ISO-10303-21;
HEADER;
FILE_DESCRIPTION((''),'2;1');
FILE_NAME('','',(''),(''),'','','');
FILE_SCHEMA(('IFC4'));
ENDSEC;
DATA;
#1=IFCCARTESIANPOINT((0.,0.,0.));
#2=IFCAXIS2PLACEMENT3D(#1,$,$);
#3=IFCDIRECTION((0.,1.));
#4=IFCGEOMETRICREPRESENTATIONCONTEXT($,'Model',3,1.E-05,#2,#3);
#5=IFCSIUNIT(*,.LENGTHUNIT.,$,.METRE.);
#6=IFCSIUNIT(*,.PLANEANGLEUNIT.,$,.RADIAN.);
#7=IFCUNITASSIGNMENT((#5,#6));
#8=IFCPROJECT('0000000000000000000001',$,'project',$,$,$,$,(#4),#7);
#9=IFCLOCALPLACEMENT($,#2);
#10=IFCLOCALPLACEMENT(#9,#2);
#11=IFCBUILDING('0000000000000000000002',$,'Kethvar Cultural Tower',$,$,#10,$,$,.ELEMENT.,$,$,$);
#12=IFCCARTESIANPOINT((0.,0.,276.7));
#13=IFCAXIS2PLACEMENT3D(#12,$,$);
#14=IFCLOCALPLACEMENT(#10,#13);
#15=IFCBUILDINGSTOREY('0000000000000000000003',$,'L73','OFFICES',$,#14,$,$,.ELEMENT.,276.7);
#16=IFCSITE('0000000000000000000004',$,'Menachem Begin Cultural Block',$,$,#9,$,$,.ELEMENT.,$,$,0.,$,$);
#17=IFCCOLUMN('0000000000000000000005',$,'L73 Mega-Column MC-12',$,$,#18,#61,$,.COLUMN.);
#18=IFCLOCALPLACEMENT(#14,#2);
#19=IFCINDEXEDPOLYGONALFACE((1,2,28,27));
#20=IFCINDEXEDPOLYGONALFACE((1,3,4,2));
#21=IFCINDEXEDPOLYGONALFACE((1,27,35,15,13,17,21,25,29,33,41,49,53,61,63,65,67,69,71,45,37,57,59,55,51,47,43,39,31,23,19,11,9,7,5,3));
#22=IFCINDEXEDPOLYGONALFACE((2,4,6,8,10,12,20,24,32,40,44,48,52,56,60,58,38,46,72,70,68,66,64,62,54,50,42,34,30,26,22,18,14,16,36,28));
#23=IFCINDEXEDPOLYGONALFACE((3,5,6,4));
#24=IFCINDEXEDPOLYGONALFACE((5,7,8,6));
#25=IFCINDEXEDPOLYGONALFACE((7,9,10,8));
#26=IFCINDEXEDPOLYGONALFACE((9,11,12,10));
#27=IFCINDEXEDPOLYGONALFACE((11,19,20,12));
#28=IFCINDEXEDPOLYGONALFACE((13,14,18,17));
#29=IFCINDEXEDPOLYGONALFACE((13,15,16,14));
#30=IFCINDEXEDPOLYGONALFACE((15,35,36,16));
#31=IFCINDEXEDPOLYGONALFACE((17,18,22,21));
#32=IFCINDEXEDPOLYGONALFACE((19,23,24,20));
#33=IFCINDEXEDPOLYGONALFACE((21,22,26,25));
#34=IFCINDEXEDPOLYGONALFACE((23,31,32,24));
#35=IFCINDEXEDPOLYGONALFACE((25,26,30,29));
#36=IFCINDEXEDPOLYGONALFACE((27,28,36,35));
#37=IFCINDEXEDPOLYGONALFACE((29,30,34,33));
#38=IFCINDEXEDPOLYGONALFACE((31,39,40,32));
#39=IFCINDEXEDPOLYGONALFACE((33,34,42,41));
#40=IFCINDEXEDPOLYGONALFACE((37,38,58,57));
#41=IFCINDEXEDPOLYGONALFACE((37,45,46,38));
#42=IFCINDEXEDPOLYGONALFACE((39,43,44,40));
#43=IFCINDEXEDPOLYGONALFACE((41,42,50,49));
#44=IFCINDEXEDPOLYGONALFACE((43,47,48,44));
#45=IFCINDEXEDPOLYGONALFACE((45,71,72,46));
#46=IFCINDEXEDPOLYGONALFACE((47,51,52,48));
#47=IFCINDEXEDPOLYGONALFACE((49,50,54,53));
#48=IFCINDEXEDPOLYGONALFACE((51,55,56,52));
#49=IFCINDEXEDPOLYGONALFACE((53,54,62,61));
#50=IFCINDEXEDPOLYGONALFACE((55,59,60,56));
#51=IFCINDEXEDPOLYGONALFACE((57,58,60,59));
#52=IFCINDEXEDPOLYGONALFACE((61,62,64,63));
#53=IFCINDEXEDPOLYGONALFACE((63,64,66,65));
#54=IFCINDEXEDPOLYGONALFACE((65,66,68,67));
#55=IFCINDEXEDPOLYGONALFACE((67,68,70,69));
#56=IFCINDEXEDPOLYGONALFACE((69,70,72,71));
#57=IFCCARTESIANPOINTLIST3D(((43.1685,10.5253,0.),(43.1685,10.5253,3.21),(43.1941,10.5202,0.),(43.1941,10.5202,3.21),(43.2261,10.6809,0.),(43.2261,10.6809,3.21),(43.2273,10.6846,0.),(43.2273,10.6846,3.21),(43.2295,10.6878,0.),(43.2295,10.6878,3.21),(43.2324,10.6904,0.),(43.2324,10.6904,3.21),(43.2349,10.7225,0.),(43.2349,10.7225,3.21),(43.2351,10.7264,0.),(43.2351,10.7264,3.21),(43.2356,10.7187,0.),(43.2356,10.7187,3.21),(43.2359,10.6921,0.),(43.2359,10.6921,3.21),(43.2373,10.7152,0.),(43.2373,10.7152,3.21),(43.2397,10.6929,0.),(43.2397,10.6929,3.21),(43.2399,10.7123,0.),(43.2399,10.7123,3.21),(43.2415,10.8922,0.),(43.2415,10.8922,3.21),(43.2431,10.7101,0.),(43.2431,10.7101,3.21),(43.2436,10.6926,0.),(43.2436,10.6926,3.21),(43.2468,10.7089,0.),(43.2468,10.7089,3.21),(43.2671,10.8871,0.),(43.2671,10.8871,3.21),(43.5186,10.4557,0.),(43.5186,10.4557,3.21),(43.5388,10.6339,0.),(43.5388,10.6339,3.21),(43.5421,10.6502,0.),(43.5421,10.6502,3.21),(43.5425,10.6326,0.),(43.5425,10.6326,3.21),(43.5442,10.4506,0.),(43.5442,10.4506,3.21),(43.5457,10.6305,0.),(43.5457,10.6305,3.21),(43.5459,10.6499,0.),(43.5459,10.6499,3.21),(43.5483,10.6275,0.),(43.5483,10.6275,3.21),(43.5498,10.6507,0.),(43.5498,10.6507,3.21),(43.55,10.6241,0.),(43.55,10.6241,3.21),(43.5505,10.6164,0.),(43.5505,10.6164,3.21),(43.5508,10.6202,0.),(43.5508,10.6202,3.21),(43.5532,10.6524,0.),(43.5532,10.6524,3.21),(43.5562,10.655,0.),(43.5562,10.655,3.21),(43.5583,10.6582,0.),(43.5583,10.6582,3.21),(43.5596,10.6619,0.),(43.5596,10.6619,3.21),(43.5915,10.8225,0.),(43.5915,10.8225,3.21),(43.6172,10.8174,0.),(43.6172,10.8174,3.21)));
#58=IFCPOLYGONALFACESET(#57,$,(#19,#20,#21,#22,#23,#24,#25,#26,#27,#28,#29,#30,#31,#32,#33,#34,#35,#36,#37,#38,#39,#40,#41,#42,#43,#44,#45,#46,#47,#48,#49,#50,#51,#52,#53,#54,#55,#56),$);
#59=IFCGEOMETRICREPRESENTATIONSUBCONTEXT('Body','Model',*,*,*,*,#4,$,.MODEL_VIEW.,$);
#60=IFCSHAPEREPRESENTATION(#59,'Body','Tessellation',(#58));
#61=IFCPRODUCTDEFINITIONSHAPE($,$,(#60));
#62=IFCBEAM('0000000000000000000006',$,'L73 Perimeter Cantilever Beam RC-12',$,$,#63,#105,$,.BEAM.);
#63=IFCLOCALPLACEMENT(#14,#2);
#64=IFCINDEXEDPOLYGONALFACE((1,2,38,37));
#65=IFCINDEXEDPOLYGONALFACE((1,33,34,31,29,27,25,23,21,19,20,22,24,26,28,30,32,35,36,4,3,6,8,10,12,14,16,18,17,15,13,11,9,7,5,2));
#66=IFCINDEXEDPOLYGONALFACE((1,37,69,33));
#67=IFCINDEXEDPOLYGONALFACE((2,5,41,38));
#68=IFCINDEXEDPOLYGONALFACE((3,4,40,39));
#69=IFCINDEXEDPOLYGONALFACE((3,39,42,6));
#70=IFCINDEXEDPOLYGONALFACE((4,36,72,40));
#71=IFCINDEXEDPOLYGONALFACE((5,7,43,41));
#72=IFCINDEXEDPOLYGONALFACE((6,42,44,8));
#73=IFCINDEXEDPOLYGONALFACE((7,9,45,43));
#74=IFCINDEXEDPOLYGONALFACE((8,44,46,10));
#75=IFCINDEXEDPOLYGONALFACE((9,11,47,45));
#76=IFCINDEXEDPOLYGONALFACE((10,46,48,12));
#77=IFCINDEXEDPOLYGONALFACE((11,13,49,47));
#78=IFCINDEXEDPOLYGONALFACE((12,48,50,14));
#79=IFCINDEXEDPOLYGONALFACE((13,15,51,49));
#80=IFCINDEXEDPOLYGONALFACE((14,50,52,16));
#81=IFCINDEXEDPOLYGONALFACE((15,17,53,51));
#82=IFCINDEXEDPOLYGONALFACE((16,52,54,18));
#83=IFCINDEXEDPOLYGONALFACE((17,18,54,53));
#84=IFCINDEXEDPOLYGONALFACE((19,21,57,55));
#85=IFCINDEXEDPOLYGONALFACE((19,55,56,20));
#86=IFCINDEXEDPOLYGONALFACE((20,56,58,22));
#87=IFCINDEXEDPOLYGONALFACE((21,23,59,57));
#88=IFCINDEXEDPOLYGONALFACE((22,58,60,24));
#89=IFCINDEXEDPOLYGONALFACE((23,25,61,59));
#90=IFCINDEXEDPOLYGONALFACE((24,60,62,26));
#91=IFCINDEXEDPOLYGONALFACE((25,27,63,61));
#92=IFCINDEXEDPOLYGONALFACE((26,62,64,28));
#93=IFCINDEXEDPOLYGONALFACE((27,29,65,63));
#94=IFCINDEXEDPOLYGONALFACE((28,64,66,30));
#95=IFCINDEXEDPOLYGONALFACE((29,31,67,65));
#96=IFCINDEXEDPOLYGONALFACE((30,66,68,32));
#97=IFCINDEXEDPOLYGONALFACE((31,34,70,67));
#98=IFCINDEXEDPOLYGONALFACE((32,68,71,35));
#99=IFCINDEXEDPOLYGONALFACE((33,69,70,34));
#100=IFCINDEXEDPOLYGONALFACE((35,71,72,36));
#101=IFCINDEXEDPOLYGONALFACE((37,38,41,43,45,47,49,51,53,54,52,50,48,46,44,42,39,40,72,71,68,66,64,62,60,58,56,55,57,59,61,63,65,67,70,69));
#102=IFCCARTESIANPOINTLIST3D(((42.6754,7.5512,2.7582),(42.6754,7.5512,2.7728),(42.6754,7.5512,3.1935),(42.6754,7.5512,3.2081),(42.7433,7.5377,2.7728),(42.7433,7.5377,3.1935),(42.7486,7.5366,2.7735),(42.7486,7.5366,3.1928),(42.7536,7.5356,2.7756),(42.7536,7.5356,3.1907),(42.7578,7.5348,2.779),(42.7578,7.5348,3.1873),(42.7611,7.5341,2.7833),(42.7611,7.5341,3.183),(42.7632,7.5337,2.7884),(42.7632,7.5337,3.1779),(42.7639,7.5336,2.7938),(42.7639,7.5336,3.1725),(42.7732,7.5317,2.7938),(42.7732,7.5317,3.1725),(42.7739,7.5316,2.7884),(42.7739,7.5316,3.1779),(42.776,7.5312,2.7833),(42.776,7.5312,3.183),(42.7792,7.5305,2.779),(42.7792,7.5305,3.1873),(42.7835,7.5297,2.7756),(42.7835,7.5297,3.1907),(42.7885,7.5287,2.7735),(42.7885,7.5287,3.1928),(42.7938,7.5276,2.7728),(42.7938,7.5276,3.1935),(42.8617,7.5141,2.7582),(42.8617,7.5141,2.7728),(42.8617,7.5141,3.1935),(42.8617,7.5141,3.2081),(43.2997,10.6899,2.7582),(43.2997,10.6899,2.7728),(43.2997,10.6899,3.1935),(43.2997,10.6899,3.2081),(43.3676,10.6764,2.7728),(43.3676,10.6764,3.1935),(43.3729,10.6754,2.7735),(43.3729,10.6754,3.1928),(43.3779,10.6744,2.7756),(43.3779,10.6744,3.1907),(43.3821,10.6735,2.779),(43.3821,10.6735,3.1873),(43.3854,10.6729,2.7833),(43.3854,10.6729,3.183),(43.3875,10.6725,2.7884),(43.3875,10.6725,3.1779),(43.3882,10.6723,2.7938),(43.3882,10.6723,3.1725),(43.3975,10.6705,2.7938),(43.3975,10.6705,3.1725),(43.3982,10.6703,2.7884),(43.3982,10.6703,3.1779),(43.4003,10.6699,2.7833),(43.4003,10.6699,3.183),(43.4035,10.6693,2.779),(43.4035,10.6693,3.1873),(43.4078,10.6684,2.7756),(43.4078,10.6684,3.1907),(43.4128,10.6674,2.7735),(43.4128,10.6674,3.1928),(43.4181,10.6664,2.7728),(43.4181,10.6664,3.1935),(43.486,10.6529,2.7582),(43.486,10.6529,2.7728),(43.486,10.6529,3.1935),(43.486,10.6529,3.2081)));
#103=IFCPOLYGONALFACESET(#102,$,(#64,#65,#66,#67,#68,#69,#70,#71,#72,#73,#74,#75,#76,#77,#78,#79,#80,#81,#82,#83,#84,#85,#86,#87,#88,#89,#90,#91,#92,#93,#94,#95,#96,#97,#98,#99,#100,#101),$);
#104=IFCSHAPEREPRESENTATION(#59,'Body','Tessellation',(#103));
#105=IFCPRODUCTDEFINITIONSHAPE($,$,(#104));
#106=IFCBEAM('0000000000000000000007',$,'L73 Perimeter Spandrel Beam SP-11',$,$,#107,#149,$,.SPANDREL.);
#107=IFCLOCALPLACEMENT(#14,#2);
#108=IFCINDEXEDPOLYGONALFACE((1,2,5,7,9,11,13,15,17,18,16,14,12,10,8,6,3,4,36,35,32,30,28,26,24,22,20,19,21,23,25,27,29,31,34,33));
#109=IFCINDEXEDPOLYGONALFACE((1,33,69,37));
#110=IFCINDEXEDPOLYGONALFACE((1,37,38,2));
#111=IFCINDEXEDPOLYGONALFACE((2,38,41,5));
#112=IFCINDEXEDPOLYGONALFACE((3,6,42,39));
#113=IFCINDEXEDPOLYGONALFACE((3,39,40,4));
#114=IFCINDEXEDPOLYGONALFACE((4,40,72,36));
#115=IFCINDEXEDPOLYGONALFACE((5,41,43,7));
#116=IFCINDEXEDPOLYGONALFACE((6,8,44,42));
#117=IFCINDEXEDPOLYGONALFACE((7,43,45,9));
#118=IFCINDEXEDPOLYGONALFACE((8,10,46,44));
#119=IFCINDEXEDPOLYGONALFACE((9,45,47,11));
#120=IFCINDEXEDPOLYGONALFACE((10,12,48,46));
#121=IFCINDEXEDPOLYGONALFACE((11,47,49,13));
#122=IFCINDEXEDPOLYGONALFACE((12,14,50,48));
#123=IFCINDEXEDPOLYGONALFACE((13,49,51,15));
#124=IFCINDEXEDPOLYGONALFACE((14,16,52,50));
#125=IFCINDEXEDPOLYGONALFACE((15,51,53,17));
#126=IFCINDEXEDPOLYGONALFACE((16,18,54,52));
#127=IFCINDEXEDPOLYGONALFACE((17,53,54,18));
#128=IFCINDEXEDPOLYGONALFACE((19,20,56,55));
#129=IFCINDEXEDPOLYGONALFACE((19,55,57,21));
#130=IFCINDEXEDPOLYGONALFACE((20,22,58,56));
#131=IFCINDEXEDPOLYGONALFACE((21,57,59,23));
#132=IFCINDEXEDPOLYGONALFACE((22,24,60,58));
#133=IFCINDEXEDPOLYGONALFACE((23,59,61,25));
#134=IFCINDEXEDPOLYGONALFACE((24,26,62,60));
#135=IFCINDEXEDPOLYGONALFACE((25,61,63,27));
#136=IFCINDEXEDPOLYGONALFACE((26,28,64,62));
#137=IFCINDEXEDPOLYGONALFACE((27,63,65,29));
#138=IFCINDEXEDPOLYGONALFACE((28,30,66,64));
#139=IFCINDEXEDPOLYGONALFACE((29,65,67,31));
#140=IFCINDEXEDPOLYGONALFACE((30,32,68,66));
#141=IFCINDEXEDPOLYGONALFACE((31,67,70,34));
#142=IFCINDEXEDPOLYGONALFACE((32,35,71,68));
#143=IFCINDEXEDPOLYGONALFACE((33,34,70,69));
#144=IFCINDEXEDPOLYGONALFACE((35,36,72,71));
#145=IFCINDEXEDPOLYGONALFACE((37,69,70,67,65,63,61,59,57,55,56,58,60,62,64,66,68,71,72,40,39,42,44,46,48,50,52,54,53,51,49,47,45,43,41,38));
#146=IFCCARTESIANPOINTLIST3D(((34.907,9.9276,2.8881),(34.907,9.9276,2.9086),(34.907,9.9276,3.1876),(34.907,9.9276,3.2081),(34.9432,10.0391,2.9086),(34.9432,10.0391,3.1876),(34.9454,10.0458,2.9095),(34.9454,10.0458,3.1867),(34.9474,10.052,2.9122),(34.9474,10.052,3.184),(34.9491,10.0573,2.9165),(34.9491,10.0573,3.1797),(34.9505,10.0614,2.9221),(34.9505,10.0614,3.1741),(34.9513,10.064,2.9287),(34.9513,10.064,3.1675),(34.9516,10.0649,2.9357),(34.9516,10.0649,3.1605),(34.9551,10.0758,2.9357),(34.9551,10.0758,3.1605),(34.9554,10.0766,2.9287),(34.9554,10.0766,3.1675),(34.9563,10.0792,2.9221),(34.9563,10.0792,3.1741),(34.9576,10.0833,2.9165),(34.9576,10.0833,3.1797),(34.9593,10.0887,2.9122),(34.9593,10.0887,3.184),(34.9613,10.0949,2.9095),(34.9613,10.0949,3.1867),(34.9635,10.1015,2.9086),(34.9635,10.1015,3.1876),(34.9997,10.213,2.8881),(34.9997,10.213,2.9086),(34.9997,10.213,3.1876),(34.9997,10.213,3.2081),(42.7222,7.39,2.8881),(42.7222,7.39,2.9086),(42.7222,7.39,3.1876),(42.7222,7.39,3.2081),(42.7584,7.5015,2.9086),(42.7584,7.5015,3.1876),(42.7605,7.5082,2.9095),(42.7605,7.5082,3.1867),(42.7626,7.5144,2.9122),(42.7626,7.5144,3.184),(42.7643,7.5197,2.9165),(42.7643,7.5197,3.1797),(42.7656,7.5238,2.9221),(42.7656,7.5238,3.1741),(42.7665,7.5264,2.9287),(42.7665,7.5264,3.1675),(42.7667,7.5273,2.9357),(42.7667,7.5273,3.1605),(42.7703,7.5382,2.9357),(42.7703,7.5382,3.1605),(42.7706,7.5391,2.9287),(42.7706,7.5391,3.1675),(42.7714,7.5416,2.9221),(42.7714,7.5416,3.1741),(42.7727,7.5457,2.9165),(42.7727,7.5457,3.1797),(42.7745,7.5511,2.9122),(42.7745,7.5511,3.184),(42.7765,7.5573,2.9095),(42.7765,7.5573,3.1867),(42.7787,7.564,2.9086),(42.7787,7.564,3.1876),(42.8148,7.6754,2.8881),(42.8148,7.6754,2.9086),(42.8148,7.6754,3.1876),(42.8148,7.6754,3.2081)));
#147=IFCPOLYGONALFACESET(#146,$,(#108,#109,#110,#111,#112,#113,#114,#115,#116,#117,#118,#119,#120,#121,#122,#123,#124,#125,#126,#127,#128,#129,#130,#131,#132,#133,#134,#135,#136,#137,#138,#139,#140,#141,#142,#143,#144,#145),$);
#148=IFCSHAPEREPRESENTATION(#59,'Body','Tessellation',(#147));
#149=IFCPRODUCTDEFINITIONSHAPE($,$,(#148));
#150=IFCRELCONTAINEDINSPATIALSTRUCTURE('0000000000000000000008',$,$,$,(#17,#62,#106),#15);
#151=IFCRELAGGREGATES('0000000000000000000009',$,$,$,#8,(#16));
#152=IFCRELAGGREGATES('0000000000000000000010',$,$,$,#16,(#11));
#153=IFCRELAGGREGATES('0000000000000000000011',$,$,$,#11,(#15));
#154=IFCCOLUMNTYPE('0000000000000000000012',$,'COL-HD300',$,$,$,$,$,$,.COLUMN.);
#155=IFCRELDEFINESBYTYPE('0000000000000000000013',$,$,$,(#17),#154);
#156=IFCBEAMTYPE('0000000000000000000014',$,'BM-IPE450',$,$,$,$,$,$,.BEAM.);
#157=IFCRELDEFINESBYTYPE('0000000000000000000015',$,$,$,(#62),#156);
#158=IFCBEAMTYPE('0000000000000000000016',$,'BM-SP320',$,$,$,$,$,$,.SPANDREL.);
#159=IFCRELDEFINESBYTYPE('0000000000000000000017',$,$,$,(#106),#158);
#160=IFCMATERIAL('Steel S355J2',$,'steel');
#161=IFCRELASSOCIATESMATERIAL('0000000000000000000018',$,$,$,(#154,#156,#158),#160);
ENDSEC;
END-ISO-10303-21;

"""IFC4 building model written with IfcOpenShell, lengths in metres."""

from ifc_helpers import new_model, si_unit, direction, frame, origin, origin_2d, place, context, subcontext, project, spatial, i_section, extrude, source, transform, mapped, material, material_profile, profile_set, type_object, element, save


model = new_model("IFC4")

# Units and contexts
model_context = context("Model", 3, precision=1e-05, world=origin(), true_north=direction((0.0, 1.0)))
body_context = subcontext(model_context, "Body", "Model", "MODEL_VIEW")
ifc_project = project(units=[si_unit("LENGTHUNIT", "METRE"), si_unit("PLANEANGLEUNIT", "RADIAN")], contexts=[model_context])

# Site, building, storey
site_placement = place(None, origin())
site = spatial("IfcSite", under=ifc_project, at=site_placement, Name="Menachem Begin Cultural Block", CompositionType="ELEMENT", RefElevation=0.0)
building_placement = place(site_placement, origin())
building = spatial("IfcBuilding", under=site, at=building_placement, Name="Kethvar Cultural Tower", CompositionType="ELEMENT")
storey_placement = place(building_placement, frame((0.0, 0.0, 276.7)))
storey = spatial("IfcBuildingStorey", under=building, at=storey_placement, Name="L73", Description="OFFICES", CompositionType="ELEMENT", Elevation=276.7)

# Column
ifc_material_1 = material(Name="Steel S355J2", Category="steel")
ifc_material_profile_1 = material_profile(ifc_material_1, i_section(OverallWidth=0.374, OverallDepth=0.3831, WebThickness=0.0166, FlangeThickness=0.0261, FilletRadius=0.0149, at=origin_2d()), Name="Steel S355J2 — HD360x300")
ifc_profile_set_1 = profile_set([ifc_material_profile_1], Name="Steel S355J2 — HD360x300")
column_type = type_object("IfcColumnType", Name="COL-HD300", PredefinedType="COLUMN", material=ifc_profile_set_1)
shared_shape_1 = source(origin(), body_context, "Body", "SweptSolid", [
    extrude(i_section(OverallWidth=0.374, OverallDepth=0.3831, WebThickness=0.0166, FlangeThickness=0.0261, FilletRadius=0.0149, at=origin_2d()), origin(), (0.0, 0.0, 1.0), 3.21),
])
column_placement = place(storey_placement, frame((43.3928, 10.6714, 0.0), z_axis=(0.0, 0.0, 1.0), x_axis=(-0.19509, -0.980785, 0.0)))
element("IfcColumn", 1, at=column_placement, inside=storey, type_object=column_type, Name="L73 Mega-Column MC-12", PredefinedType="COLUMN", context=body_context, shape_type="MappedRepresentation", body=[
    mapped(shared_shape_1, transform((0.0, 0.0, 0.0), scale=1.0)),
])

# Beams
ifc_material_profile_2 = material_profile(ifc_material_1, i_section(OverallWidth=0.1899, OverallDepth=0.45, WebThickness=0.0095, FlangeThickness=0.0146, FilletRadius=0.021, at=origin_2d()), Name="Steel S355J2 — IPE450")
ifc_profile_set_2 = profile_set([ifc_material_profile_2], Name="Steel S355J2 — IPE450")
beam_type_1 = type_object("IfcBeamType", Name="BM-IPE450", PredefinedType="BEAM", material=ifc_profile_set_2)
shared_shape_2 = source(origin(), body_context, "Body", "SweptSolid", [
    extrude(i_section(OverallWidth=0.1899, OverallDepth=0.45, WebThickness=0.0095, FlangeThickness=0.0146, FilletRadius=0.021, at=origin_2d()), origin(), (0.0, 0.0, 1.0), 3.2002),
])
beam_1_placement = place(storey_placement, frame((43.3928, 10.6714, 2.9832), z_axis=(-0.195074, -0.980788, 0.0), x_axis=(0.980788, -0.195074, 0.0)))
element("IfcBeam", 2, at=beam_1_placement, inside=storey, type_object=beam_type_1, Name="L73 Perimeter Cantilever Beam RC-12", PredefinedType="BEAM", context=body_context, shape_type="MappedRepresentation", body=[
    mapped(shared_shape_2, transform((0.0, 0.0, 0.0), scale=1.0)),
])
ifc_material_profile_3 = material_profile(ifc_material_1, i_section(OverallWidth=0.3, OverallDepth=0.3201, WebThickness=0.0115, FlangeThickness=0.0205, FilletRadius=0.0271, at=origin_2d()), Name="Steel S355J2 — HEB320")
ifc_profile_set_3 = profile_set([ifc_material_profile_3], Name="Steel S355J2 — HEB320")
beam_type_2 = type_object("IfcBeamType", Name="BM-SP320", PredefinedType="SPANDREL", material=ifc_profile_set_3)
shared_shape_3 = source(origin(), body_context, "Body", "SweptSolid", [
    extrude(i_section(OverallWidth=0.3, OverallDepth=0.3201, WebThickness=0.0115, FlangeThickness=0.0205, FilletRadius=0.0271, at=origin_2d()), origin(), (0.0, 0.0, 1.0), 8.2168),
])
beam_2_placement = place(storey_placement, frame((34.9534, 10.0703, 3.0481), z_axis=(0.951118, -0.308829, 0.0), x_axis=(0.308829, 0.951118, 0.0)))
element("IfcBeam", 3, at=beam_2_placement, inside=storey, type_object=beam_type_2, Name="L73 Perimeter Spandrel Beam SP-11", PredefinedType="SPANDREL", context=body_context, shape_type="MappedRepresentation", body=[
    mapped(shared_shape_3, transform((0.0, 0.0, 0.0), scale=1.0)),
])

save(model, "model.ifc")
